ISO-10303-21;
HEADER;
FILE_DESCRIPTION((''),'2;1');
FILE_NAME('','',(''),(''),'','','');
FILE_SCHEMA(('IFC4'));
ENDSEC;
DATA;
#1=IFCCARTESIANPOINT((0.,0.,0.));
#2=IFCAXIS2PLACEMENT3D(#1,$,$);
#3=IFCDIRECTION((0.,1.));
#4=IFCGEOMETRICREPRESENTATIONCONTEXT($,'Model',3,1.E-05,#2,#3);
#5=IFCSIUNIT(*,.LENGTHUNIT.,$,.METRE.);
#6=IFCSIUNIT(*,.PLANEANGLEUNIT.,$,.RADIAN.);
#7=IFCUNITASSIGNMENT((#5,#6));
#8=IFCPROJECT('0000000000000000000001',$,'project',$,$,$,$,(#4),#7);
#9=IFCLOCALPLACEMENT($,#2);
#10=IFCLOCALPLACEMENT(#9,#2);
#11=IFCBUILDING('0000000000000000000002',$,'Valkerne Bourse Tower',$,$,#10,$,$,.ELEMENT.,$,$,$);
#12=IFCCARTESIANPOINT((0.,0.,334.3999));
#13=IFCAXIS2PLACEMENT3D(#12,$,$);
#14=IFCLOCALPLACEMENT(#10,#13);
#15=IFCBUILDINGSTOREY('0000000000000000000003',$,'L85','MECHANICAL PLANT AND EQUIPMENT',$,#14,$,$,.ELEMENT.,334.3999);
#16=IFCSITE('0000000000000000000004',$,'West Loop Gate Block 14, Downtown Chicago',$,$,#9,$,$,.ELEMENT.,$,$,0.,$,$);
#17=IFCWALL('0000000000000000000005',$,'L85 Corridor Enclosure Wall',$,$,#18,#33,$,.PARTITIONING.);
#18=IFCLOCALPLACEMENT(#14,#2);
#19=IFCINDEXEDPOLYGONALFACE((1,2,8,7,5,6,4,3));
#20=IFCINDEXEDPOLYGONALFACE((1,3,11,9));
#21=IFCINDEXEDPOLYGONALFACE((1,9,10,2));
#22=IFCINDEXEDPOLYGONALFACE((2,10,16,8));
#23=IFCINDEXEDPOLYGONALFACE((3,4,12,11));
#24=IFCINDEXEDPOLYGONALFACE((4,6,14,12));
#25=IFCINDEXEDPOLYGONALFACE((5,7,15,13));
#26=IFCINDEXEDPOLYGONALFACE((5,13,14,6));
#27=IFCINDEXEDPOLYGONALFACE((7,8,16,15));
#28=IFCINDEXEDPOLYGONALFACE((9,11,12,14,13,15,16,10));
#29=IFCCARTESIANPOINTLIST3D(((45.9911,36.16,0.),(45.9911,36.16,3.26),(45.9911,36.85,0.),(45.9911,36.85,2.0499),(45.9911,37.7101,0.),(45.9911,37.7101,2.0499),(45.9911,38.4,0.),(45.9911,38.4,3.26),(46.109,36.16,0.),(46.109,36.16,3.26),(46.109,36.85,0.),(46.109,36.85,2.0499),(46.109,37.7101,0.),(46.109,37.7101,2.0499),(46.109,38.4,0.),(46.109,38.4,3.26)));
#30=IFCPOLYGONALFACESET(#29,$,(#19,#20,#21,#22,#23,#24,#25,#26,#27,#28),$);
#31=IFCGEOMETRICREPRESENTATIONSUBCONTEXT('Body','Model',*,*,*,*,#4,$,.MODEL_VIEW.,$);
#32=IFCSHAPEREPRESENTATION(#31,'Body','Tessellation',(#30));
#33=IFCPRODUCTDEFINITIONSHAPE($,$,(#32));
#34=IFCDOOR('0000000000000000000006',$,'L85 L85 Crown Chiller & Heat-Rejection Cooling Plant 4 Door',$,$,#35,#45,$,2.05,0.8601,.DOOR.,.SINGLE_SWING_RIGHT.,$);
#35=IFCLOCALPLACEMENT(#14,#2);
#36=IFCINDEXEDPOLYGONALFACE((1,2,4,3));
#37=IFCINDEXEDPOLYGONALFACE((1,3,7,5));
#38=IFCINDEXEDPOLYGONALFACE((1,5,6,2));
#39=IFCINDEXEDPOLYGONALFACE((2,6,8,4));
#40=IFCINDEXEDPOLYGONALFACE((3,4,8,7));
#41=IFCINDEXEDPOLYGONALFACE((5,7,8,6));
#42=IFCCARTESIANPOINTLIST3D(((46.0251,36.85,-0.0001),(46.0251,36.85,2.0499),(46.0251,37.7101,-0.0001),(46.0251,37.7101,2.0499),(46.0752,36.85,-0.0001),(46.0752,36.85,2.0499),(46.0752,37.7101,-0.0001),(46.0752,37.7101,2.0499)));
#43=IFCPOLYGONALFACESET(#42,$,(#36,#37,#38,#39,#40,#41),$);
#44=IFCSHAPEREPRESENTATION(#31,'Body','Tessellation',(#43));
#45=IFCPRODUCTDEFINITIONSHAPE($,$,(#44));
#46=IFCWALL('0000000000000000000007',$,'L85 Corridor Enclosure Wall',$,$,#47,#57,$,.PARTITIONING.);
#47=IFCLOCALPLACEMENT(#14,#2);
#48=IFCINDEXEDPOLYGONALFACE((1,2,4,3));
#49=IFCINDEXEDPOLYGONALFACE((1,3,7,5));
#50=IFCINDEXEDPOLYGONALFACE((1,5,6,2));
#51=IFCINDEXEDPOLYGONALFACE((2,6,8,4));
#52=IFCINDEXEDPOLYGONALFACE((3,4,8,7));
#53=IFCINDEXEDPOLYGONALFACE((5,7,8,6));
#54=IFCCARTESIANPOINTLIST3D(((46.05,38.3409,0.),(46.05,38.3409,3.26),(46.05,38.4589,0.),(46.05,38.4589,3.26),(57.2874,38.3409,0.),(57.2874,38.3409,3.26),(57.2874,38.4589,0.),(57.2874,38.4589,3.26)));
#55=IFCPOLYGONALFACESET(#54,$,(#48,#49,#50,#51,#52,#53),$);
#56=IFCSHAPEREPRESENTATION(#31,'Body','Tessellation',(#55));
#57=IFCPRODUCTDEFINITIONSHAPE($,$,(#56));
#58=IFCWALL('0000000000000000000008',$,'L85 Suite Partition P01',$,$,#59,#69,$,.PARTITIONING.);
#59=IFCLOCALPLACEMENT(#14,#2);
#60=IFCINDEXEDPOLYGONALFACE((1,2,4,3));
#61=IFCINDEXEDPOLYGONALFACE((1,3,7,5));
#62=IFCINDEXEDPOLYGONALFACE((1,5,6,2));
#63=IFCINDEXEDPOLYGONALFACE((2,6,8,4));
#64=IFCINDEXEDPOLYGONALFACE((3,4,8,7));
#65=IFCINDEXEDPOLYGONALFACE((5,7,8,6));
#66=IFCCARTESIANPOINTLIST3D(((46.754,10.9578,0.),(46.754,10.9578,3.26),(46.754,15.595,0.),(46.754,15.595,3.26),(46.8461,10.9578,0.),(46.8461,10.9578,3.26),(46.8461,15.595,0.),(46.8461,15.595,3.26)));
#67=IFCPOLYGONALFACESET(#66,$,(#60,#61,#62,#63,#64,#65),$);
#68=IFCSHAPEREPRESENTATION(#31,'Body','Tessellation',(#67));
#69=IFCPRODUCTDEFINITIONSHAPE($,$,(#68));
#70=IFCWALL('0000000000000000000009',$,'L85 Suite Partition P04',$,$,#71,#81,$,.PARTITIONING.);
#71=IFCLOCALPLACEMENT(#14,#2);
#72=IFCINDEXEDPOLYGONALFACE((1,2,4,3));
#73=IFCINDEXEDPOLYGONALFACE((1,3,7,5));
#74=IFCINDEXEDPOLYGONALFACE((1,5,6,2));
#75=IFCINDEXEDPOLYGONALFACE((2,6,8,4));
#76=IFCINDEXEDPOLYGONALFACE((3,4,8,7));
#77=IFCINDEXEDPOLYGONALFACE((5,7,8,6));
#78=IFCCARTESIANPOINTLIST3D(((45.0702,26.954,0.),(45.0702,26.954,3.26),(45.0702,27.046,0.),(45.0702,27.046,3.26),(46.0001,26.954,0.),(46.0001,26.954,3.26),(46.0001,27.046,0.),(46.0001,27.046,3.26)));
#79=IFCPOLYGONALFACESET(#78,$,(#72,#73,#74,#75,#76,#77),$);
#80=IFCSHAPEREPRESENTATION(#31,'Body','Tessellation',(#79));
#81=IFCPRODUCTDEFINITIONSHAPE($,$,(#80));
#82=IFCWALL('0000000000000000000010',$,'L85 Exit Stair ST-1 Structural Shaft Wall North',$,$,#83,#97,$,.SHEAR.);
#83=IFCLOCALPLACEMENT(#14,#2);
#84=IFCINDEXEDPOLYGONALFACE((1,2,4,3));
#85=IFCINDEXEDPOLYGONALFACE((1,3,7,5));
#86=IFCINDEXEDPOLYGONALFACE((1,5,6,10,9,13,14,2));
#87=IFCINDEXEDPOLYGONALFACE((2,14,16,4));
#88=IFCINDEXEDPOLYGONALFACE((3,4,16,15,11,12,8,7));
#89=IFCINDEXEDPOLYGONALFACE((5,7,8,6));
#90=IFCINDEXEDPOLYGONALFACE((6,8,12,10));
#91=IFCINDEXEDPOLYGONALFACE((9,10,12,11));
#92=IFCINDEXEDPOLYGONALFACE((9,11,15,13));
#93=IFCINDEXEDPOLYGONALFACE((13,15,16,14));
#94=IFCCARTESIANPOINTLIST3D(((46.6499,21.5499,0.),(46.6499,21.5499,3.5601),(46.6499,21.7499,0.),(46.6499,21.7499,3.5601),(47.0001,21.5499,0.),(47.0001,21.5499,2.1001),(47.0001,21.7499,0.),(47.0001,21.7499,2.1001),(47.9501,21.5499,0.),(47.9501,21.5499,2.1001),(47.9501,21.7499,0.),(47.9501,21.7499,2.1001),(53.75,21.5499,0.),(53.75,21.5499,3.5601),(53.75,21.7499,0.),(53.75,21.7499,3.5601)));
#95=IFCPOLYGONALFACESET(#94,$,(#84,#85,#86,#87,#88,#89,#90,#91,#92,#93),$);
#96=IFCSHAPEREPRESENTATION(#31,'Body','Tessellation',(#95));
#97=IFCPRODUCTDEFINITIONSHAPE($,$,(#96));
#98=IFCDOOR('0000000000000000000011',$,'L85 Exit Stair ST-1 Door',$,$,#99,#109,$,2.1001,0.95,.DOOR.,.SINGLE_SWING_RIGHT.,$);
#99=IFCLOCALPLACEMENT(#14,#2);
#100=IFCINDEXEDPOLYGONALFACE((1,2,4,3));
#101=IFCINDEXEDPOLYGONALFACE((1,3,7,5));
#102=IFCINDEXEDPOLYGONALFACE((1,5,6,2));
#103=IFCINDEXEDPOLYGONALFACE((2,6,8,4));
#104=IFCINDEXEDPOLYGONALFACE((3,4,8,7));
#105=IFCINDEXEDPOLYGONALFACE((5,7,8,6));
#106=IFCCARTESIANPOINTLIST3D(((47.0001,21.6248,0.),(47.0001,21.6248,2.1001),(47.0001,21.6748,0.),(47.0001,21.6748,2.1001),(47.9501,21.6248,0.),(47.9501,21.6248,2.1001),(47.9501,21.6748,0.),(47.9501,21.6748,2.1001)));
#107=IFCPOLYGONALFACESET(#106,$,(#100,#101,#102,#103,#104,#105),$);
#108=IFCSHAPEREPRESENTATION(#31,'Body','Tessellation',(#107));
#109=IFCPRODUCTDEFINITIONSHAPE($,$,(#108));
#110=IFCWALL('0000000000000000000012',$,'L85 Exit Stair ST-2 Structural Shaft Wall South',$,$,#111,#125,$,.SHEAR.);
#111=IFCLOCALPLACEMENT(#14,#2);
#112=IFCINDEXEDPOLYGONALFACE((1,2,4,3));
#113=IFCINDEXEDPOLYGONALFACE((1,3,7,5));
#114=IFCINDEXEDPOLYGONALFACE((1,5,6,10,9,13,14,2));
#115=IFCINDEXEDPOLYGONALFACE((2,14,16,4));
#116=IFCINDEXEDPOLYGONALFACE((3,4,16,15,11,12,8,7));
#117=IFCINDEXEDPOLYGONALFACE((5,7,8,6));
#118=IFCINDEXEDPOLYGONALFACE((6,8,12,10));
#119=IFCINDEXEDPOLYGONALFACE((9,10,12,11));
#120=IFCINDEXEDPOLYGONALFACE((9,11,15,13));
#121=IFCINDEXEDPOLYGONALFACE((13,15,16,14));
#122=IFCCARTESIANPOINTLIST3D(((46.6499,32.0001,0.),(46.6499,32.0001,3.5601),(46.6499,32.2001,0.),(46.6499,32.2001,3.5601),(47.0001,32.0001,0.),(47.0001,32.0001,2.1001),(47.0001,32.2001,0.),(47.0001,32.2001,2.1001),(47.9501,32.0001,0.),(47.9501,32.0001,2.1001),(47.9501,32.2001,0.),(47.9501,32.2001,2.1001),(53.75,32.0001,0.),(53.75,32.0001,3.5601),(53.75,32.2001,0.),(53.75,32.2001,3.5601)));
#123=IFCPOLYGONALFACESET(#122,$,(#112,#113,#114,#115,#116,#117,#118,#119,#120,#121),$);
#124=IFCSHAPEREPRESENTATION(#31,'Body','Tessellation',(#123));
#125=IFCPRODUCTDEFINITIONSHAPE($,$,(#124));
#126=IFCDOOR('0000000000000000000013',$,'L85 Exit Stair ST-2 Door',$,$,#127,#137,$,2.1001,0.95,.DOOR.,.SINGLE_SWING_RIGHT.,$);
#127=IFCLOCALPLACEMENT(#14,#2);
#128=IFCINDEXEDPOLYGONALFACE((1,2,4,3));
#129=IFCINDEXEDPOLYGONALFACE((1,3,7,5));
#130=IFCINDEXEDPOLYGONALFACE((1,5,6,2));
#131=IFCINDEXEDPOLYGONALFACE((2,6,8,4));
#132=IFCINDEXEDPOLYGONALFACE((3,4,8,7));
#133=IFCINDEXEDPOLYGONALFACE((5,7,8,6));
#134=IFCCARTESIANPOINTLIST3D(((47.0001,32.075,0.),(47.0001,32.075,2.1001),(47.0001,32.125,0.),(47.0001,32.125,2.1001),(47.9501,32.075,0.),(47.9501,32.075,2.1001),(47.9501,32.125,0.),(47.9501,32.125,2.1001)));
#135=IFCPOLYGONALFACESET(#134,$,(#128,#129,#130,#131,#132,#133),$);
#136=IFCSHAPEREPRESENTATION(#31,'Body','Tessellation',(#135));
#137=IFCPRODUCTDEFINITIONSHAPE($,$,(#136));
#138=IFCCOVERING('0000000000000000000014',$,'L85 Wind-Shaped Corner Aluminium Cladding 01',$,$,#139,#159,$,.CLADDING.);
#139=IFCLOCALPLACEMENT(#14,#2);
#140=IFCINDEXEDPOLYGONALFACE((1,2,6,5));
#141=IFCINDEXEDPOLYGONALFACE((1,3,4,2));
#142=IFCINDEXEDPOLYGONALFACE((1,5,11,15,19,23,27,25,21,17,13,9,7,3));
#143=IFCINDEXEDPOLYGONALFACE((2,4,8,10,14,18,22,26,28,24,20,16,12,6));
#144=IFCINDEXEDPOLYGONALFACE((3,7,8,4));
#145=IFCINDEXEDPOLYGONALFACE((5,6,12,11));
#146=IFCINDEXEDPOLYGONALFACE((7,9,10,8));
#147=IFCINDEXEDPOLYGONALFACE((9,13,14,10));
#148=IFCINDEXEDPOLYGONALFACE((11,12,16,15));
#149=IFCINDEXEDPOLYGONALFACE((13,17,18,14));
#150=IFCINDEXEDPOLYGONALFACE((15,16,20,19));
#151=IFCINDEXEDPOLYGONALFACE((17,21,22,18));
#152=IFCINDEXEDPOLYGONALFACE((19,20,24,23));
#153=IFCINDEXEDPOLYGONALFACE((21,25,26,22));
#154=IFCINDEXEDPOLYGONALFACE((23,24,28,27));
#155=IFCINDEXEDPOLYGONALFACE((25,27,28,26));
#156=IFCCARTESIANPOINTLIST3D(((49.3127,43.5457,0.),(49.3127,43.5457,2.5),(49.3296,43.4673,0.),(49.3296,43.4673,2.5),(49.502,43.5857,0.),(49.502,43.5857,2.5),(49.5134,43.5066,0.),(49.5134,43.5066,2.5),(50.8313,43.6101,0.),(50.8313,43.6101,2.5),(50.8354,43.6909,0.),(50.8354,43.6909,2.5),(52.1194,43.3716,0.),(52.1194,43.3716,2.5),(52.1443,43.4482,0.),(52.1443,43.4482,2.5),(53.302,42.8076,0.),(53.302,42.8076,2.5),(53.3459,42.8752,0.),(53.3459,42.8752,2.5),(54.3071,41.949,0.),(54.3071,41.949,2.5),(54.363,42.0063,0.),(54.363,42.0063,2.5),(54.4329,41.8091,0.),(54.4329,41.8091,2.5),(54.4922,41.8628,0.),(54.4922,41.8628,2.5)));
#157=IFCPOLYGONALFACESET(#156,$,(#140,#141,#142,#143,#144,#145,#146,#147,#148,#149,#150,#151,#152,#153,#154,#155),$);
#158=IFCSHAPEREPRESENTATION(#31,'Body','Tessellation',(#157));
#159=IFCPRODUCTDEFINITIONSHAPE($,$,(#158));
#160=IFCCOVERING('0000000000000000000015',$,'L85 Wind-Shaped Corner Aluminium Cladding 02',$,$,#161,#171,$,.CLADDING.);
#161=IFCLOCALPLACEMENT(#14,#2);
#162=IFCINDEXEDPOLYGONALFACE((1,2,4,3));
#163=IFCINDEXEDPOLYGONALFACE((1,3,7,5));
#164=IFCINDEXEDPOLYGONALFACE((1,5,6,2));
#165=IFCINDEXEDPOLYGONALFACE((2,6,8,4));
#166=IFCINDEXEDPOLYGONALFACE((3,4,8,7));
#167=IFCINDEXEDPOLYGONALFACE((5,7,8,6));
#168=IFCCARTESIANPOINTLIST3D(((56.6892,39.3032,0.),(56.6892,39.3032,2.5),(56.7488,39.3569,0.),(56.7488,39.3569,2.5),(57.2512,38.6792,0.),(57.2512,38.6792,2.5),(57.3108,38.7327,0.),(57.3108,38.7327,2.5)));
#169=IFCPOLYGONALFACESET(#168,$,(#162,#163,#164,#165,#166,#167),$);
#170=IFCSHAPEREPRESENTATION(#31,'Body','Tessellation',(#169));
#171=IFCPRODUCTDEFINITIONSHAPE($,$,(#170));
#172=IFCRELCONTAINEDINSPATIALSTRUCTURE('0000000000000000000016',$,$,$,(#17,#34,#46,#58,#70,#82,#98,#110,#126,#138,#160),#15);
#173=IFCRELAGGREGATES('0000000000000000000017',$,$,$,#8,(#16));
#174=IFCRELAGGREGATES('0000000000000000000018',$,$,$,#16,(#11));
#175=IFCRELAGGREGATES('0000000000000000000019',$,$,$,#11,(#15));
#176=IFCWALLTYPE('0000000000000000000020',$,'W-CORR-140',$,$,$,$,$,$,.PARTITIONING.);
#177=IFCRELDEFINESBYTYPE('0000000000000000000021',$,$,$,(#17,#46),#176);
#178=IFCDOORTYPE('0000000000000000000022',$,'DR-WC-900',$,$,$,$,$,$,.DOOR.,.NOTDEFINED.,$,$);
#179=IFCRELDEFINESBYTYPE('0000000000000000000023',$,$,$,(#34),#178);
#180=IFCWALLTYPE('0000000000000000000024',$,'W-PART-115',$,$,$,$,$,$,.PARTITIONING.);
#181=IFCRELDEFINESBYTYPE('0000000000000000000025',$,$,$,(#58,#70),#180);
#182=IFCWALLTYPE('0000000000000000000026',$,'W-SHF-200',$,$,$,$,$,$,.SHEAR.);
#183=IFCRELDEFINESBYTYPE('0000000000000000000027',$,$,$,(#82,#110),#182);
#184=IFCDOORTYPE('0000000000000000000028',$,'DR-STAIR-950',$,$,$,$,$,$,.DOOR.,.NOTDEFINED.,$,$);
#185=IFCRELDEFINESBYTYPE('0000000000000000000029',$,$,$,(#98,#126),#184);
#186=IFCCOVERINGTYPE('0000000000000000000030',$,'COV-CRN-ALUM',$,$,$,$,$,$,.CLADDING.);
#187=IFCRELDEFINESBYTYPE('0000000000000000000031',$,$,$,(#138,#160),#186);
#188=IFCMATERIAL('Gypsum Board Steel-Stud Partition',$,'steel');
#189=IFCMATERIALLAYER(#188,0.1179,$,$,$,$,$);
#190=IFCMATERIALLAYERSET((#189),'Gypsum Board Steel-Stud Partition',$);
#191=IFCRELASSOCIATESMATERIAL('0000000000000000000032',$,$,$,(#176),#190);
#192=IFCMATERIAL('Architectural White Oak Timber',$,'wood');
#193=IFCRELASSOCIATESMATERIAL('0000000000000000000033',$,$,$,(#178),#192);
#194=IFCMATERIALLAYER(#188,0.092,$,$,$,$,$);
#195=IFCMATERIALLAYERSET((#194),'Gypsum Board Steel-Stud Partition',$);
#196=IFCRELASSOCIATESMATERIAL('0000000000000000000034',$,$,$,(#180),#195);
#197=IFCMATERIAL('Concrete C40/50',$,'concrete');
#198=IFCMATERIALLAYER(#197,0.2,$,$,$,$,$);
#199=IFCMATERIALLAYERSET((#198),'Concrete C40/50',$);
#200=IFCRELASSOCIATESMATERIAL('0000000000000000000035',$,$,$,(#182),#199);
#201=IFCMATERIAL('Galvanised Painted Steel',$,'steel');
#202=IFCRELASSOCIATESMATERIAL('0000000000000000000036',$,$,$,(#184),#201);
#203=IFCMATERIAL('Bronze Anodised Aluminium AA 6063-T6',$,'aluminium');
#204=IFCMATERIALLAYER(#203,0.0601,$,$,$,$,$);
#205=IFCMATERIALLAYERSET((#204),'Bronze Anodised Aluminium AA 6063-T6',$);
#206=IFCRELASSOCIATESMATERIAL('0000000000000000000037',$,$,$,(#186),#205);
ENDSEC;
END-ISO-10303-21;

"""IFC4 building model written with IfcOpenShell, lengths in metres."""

from ifc_helpers import new_model, si_unit, direction, frame, frame_2d, origin, place, context, subcontext, project, spatial, polyline, rectangle, outline, extrude, material, layer, layer_set, type_object, element, fill, save


model = new_model("IFC4")

# Units and contexts
model_context = context("Model", 3, precision=1e-05, world=origin(), true_north=direction((0.0, 1.0)))
body_context = subcontext(model_context, "Body", "Model", "MODEL_VIEW")
ifc_project = project(units=[si_unit("LENGTHUNIT", "METRE"), si_unit("PLANEANGLEUNIT", "RADIAN")], contexts=[model_context])

# Site, building, storey
site_placement = place(None, origin())
site = spatial("IfcSite", under=ifc_project, at=site_placement, Name="West Loop Gate Block 14, Downtown Chicago", CompositionType="ELEMENT", RefElevation=0.0)
building_placement = place(site_placement, origin())
building = spatial("IfcBuilding", under=site, at=building_placement, Name="Valkerne Bourse Tower", CompositionType="ELEMENT")
storey_placement = place(building_placement, frame((0.0, 0.0, 334.3999)))
storey = spatial("IfcBuildingStorey", under=building, at=storey_placement, Name="L85", Description="MECHANICAL PLANT AND EQUIPMENT", CompositionType="ELEMENT", Elevation=334.3999)

# Shared definitions
ifc_material_1 = material(Name="Concrete C40/50", Category="concrete")

# Wall, opening, door
ifc_material_2 = material(Name="Gypsum Board Steel-Stud Partition", Category="steel")
ifc_layer_1 = layer(ifc_material_2, 0.1179)
ifc_layer_set_1 = layer_set([ifc_layer_1], Name="Gypsum Board Steel-Stud Partition")
wall_type_1 = type_object("IfcWallType", Name="W-CORR-140", PredefinedType="PARTITIONING", material=ifc_layer_set_1)
ifc_material_3 = material(Name="Architectural White Oak Timber", Category="wood")
door_type_1 = type_object("IfcDoorType", Name="DR-WC-900", OperationType="NOTDEFINED", PredefinedType="DOOR", material=ifc_material_3)
wall_1_placement = place(storey_placement, frame((46.05, 36.1599, 0.0), z_axis=(0.0, 0.0, 1.0), x_axis=(0.0, 1.0, 0.0)))
wall_1 = element("IfcWall", 1, at=wall_1_placement, inside=storey, type_object=wall_type_1, Name="L85 Corridor Enclosure Wall", PredefinedType="PARTITIONING", context=body_context, shape_type="SweptSolid", body=[
    extrude(rectangle(XDim=2.24, YDim=0.1179, at=frame_2d((1.1201, 0.0))), origin(), (0.0, 0.0, 1.0), 3.26),
])
opening_1_placement = place(wall_1_placement, frame((0.6899, 0.0, 0.0)))
opening_1 = element("IfcOpeningElement", 2, at=opening_1_placement, cuts=wall_1, PredefinedType="OPENING", context=body_context, shape_type="SweptSolid", body=[
    extrude(rectangle(XDim=0.8601, YDim=2.05, at=frame_2d((0.4302, 1.0249))), frame((0.0, 0.0688, 0.0), z_axis=(0.0, -1.0, 0.0), x_axis=(1.0, 0.0, 0.0)), (0.0, 0.0, 1.0), 0.1379),
])
door_1_placement = place(opening_1_placement, origin())
door_1 = element("IfcDoor", 3, at=door_1_placement, inside=storey, type_object=door_type_1, Name="L85 L85 Crown Chiller & Heat-Rejection Cooling Plant 4 Door", OperationType="SINGLE_SWING_RIGHT", OverallHeight=2.05, OverallWidth=0.8601, PredefinedType="DOOR", context=body_context, shape_type="SweptSolid", body=[
    extrude(rectangle(XDim=0.8601, YDim=2.05, at=frame_2d((0.4302, 1.0249))), frame((0.0, 0.0249, 0.0), z_axis=(0.0, -1.0, 0.0), x_axis=(1.0, 0.0, 0.0)), (0.0, 0.0, 1.0), 0.05),
])
fill(opening_1, door_1)

# Walls
wall_2_placement = place(storey_placement, frame((46.05, 38.3999, 0.0), z_axis=(0.0, 0.0, 1.0), x_axis=(1.0, 0.0, 0.0)))
element("IfcWall", 4, at=wall_2_placement, inside=storey, type_object=wall_type_1, Name="L85 Corridor Enclosure Wall", PredefinedType="PARTITIONING", context=body_context, shape_type="SweptSolid", body=[
    extrude(rectangle(XDim=11.2373, YDim=0.1179, at=frame_2d((5.6187, 0.0))), origin(), (0.0, 0.0, 1.0), 3.26),
])
ifc_layer_2 = layer(ifc_material_2, 0.092)
ifc_layer_set_2 = layer_set([ifc_layer_2], Name="Gypsum Board Steel-Stud Partition")
wall_type_2 = type_object("IfcWallType", Name="W-PART-115", PredefinedType="PARTITIONING", material=ifc_layer_set_2)
wall_3_placement = place(storey_placement, frame((46.8, 15.595, 0.0), z_axis=(0.0, 0.0, 1.0), x_axis=(0.0, -1.0, 0.0)))
element("IfcWall", 5, at=wall_3_placement, inside=storey, type_object=wall_type_2, Name="L85 Suite Partition P01", PredefinedType="PARTITIONING", context=body_context, shape_type="SweptSolid", body=[
    extrude(rectangle(XDim=4.6372, YDim=0.092, at=frame_2d((2.3186, 0.0))), origin(), (0.0, 0.0, 1.0), 3.26),
])
wall_4_placement = place(storey_placement, frame((46.0, 27.0, 0.0), z_axis=(0.0, 0.0, 1.0), x_axis=(-1.0, 0.0, 0.0)))
element("IfcWall", 6, at=wall_4_placement, inside=storey, type_object=wall_type_2, Name="L85 Suite Partition P04", PredefinedType="PARTITIONING", context=body_context, shape_type="SweptSolid", body=[
    extrude(rectangle(XDim=0.9299, YDim=0.092, at=frame_2d((0.4648, 0.0))), origin(), (0.0, 0.0, 1.0), 3.26),
])

# Walls, openings, doors
ifc_layer_3 = layer(ifc_material_1, 0.2)
ifc_layer_set_3 = layer_set([ifc_layer_3], Name="Concrete C40/50")
wall_type_3 = type_object("IfcWallType", Name="W-SHF-200", PredefinedType="SHEAR", material=ifc_layer_set_3)
wall_5_placement = place(storey_placement, frame((46.6499, 21.6499, 0.0), z_axis=(0.0, 0.0, 1.0), x_axis=(1.0, 0.0, 0.0)))
wall_5 = element("IfcWall", 7, at=wall_5_placement, inside=storey, type_object=wall_type_3, Name="L85 Exit Stair ST-1 Structural Shaft Wall North", PredefinedType="SHEAR", context=body_context, shape_type="SweptSolid", body=[
    extrude(rectangle(XDim=7.1001, YDim=0.2, at=frame_2d((3.55, 0.0))), origin(), (0.0, 0.0, 1.0), 3.5601),
])
opening_2_placement = place(wall_5_placement, frame((0.3501, 0.0, 0.0)))
opening_2 = element("IfcOpeningElement", 8, at=opening_2_placement, cuts=wall_5, PredefinedType="OPENING", context=body_context, shape_type="SweptSolid", body=[
    extrude(rectangle(XDim=0.95, YDim=2.1001, at=frame_2d((0.4751, 1.05))), frame((0.0, 0.1099, 0.0), z_axis=(0.0, -1.0, 0.0), x_axis=(1.0, 0.0, 0.0)), (0.0, 0.0, 1.0), 0.22),
])
ifc_material_4 = material(Name="Galvanised Painted Steel", Category="steel")
door_type_2 = type_object("IfcDoorType", Name="DR-STAIR-950", OperationType="NOTDEFINED", PredefinedType="DOOR", material=ifc_material_4)
door_2_placement = place(opening_2_placement, origin())
door_2 = element("IfcDoor", 9, at=door_2_placement, inside=storey, type_object=door_type_2, Name="L85 Exit Stair ST-1 Door", OperationType="SINGLE_SWING_RIGHT", OverallHeight=2.1001, OverallWidth=0.95, PredefinedType="DOOR", context=body_context, shape_type="SweptSolid", body=[
    extrude(rectangle(XDim=0.95, YDim=2.1001, at=frame_2d((0.4751, 1.05))), frame((0.0, 0.0249, 0.0), z_axis=(0.0, -1.0, 0.0), x_axis=(1.0, 0.0, 0.0)), (0.0, 0.0, 1.0), 0.05),
])
fill(opening_2, door_2)
wall_6_placement = place(storey_placement, frame((46.6499, 32.1001, 0.0), z_axis=(0.0, 0.0, 1.0), x_axis=(1.0, 0.0, 0.0)))
wall_6 = element("IfcWall", 10, at=wall_6_placement, inside=storey, type_object=wall_type_3, Name="L85 Exit Stair ST-2 Structural Shaft Wall South", PredefinedType="SHEAR", context=body_context, shape_type="SweptSolid", body=[
    extrude(rectangle(XDim=7.1001, YDim=0.2, at=frame_2d((3.55, 0.0))), origin(), (0.0, 0.0, 1.0), 3.5601),
])
opening_3_placement = place(wall_6_placement, frame((0.3501, 0.0, 0.0)))
opening_3 = element("IfcOpeningElement", 11, at=opening_3_placement, cuts=wall_6, PredefinedType="OPENING", context=body_context, shape_type="SweptSolid", body=[
    extrude(rectangle(XDim=0.95, YDim=2.1001, at=frame_2d((0.4751, 1.05))), frame((0.0, 0.1099, 0.0), z_axis=(0.0, -1.0, 0.0), x_axis=(1.0, 0.0, 0.0)), (0.0, 0.0, 1.0), 0.22),
])
door_3_placement = place(opening_3_placement, origin())
door_3 = element("IfcDoor", 12, at=door_3_placement, inside=storey, type_object=door_type_2, Name="L85 Exit Stair ST-2 Door", OperationType="SINGLE_SWING_RIGHT", OverallHeight=2.1001, OverallWidth=0.95, PredefinedType="DOOR", context=body_context, shape_type="SweptSolid", body=[
    extrude(rectangle(XDim=0.95, YDim=2.1001, at=frame_2d((0.4751, 1.05))), frame((0.0, 0.0249, 0.0), z_axis=(0.0, -1.0, 0.0), x_axis=(1.0, 0.0, 0.0)), (0.0, 0.0, 1.0), 0.05),
])
fill(opening_3, door_3)

# Coverings
ifc_material_5 = material(Name="Bronze Anodised Aluminium AA 6063-T6", Category="aluminium")
ifc_layer_4 = layer(ifc_material_5, 0.0601)
ifc_layer_set_4 = layer_set([ifc_layer_4], Name="Bronze Anodised Aluminium AA 6063-T6")
covering_type_1 = type_object("IfcCoveringType", Name="COV-CRN-ALUM", PredefinedType="CLADDING", material=ifc_layer_set_4)
covering_1_placement = place(storey_placement, origin())
element("IfcCovering", 13, at=covering_1_placement, inside=storey, type_object=covering_type_1, Name="L85 Wind-Shaped Corner Aluminium Cladding 01", PredefinedType="CLADDING", context=body_context, shape_type="SweptSolid", body=[
    extrude(outline(polyline([(52.1443, 43.4482), (53.3459, 42.8752), (54.363, 42.0063), (54.4922, 41.8628), (54.4329, 41.8091), (54.3071, 41.949), (53.302, 42.8076), (52.1194, 43.3716), (50.8313, 43.6101), (49.5134, 43.5066), (49.3296, 43.4673), (49.3127, 43.5457), (49.502, 43.5857), (50.8354, 43.6909), (52.1443, 43.4482)])), origin(), (0.0, 0.0, 1.0), 2.5),
])
covering_2_placement = place(storey_placement, origin())
element("IfcCovering", 14, at=covering_2_placement, inside=storey, type_object=covering_type_1, Name="L85 Wind-Shaped Corner Aluminium Cladding 02", PredefinedType="CLADDING", context=body_context, shape_type="SweptSolid", body=[
    extrude(outline(polyline([(57.3108, 38.7327), (57.2512, 38.6792), (56.6892, 39.3032), (56.7488, 39.3569), (57.3108, 38.7327)])), origin(), (0.0, 0.0, 1.0), 2.5),
])

save(model, "model.ifc")
